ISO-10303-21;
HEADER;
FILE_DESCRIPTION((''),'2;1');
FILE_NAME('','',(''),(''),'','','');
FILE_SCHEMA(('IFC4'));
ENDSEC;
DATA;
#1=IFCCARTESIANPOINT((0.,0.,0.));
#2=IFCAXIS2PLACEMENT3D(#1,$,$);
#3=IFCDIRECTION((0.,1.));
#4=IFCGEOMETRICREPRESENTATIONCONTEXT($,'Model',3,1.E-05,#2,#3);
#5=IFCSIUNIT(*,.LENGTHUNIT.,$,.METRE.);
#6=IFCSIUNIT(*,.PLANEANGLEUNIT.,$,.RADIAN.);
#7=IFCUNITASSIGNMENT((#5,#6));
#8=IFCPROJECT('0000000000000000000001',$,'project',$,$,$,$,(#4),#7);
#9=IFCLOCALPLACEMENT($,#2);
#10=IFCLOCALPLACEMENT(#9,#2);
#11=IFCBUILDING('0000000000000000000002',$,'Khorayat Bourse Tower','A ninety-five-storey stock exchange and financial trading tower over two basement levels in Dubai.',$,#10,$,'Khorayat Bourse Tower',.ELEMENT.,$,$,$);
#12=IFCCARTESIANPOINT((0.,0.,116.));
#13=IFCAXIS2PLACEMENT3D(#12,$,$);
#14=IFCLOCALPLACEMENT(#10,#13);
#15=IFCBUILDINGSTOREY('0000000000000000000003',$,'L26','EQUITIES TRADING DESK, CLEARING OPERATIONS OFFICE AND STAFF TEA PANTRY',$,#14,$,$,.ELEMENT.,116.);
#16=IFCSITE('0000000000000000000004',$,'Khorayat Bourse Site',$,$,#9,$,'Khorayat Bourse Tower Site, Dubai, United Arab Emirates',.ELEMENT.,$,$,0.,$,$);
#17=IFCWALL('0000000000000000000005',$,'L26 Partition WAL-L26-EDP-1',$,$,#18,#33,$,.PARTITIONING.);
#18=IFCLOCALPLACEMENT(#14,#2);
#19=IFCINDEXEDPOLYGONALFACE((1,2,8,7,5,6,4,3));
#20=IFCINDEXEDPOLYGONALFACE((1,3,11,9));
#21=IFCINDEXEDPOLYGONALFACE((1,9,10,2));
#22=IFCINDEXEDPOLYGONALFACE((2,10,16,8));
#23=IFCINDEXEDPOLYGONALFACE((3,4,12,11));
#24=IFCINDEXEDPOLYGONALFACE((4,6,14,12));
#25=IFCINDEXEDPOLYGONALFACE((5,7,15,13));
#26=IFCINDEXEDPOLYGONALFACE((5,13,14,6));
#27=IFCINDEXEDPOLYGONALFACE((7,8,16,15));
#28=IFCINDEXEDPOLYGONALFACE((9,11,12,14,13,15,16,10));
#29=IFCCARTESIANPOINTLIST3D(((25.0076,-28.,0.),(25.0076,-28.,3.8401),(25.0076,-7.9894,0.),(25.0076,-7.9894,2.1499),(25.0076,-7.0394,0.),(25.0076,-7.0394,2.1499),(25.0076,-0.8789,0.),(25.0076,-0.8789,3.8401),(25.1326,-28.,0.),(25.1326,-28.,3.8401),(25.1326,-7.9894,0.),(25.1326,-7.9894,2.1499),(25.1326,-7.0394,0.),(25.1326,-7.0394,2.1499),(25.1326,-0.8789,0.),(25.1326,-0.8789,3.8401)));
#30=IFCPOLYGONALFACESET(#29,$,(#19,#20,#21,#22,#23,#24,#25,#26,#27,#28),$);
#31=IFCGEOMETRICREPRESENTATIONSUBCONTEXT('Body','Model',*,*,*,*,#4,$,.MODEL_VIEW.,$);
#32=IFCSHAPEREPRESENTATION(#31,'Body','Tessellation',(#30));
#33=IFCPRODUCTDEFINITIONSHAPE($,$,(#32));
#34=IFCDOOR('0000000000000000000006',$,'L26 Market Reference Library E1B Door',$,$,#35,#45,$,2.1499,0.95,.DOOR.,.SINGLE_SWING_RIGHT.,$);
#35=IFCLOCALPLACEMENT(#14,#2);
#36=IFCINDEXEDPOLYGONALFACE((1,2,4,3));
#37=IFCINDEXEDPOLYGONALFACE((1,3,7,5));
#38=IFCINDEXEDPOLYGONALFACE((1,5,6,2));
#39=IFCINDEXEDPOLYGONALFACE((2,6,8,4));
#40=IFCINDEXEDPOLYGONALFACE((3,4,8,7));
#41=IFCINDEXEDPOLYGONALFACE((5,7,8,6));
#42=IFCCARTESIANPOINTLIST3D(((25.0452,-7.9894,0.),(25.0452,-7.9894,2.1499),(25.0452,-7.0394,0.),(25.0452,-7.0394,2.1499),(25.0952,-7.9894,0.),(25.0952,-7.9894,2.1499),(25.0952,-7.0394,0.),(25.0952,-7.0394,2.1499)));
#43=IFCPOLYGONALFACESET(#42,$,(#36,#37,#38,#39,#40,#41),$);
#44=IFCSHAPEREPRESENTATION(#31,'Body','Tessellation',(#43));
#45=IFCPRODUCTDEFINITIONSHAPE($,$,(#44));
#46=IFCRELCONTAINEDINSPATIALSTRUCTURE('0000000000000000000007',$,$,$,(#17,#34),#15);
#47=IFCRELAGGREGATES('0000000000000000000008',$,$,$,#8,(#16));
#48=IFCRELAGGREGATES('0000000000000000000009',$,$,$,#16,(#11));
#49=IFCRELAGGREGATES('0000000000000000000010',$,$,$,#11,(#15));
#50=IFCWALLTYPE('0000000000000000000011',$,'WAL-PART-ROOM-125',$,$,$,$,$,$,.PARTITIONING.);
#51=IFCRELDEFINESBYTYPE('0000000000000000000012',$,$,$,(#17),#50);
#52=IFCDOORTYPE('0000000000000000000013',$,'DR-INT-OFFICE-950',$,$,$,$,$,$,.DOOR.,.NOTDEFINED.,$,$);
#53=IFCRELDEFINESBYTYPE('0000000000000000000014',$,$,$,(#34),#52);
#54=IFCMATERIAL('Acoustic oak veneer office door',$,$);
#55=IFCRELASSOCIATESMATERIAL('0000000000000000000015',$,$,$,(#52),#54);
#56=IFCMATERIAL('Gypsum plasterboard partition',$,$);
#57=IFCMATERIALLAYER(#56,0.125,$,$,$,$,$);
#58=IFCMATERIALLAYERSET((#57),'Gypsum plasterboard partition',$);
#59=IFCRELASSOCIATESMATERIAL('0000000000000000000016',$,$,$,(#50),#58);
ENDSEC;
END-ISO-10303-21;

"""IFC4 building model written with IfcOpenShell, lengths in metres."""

from ifc_helpers import new_model, si_unit, direction, frame, frame_2d, origin, place, context, subcontext, project, spatial, rectangle, extrude, source, transform, mapped, material, layer, layer_set, type_object, element, fill, save


model = new_model("IFC4")

# Units and contexts
model_context = context("Model", 3, precision=1e-05, world=origin(), true_north=direction((0.0, 1.0)))
body_context = subcontext(model_context, "Body", "Model", "MODEL_VIEW")
ifc_project = project(units=[si_unit("LENGTHUNIT", "METRE"), si_unit("PLANEANGLEUNIT", "RADIAN")], contexts=[model_context])

# Site, building, storey
site_placement = place(None, origin())
site = spatial("IfcSite", under=ifc_project, at=site_placement, Name="Khorayat Bourse Site", LongName="Khorayat Bourse Tower Site, Dubai, United Arab Emirates", CompositionType="ELEMENT", RefElevation=0.0)
building_placement = place(site_placement, origin())
building = spatial("IfcBuilding", under=site, at=building_placement, Name="Khorayat Bourse Tower", Description="A ninety-five-storey stock exchange and financial trading tower over two basement levels in Dubai.", LongName="Khorayat Bourse Tower", CompositionType="ELEMENT")
storey_placement = place(building_placement, frame((0.0, 0.0, 116.0)))
storey = spatial("IfcBuildingStorey", under=building, at=storey_placement, Name="L26", Description="EQUITIES TRADING DESK, CLEARING OPERATIONS OFFICE AND STAFF TEA PANTRY", CompositionType="ELEMENT", Elevation=116.0)

# Shared definitions
ifc_material_1 = material(Name="Acoustic oak veneer office door")
door_type = type_object("IfcDoorType", Name="DR-INT-OFFICE-950", OperationType="NOTDEFINED", PredefinedType="DOOR", material=ifc_material_1)
shared_shape_1 = source(origin(), body_context, "Body", "SweptSolid", [
    extrude(rectangle(XDim=0.95, YDim=2.1499, at=frame_2d((0.4751, 1.075))), frame((0.0, 0.0249, 0.0), z_axis=(0.0, -1.0, 0.0), x_axis=(1.0, 0.0, 0.0)), (0.0, 0.0, 1.0), 0.05),
])

# Wall, opening, door
ifc_material_2 = material(Name="Gypsum plasterboard partition")
ifc_layer_1 = layer(ifc_material_2, 0.125)
ifc_layer_set_1 = layer_set([ifc_layer_1], Name="Gypsum plasterboard partition")
wall_type_1 = type_object("IfcWallType", Name="WAL-PART-ROOM-125", PredefinedType="PARTITIONING", material=ifc_layer_set_1)
shared_shape_2 = source(origin(), body_context, "Body", "SweptSolid", [
    extrude(rectangle(XDim=27.1211, YDim=0.125, at=frame_2d((13.5605, 0.0))), origin(), (0.0, 0.0, 1.0), 3.8401),
])
wall_1_placement = place(storey_placement, frame((25.0701, -28.0, 0.0), z_axis=(0.0, 0.0, 1.0), x_axis=(0.0, 1.0, 0.0)))
wall_1 = element("IfcWall", 1, at=wall_1_placement, inside=storey, type_object=wall_type_1, Name="L26 Partition WAL-L26-EDP-1", PredefinedType="PARTITIONING", context=body_context, shape_type="MappedRepresentation", body=[
    mapped(shared_shape_2, transform((0.0, 0.0, 0.0), scale=1.0)),
])
shared_shape_3 = source(origin(), body_context, "Body", "SweptSolid", [
    extrude(rectangle(XDim=0.95, YDim=2.1499, at=frame_2d((0.4751, 1.075))), frame((0.0, 0.0725, 0.0), z_axis=(0.0, -1.0, 0.0), x_axis=(1.0, 0.0, 0.0)), (0.0, 0.0, 1.0), 0.145),
])
opening_1_placement = place(wall_1_placement, frame((20.0105, 0.0, 0.0)))
opening_1 = element("IfcOpeningElement", 2, at=opening_1_placement, cuts=wall_1, PredefinedType="OPENING", context=body_context, shape_type="MappedRepresentation", body=[
    mapped(shared_shape_3, transform((0.0, 0.0, 0.0), scale=1.0)),
])
door_1_placement = place(opening_1_placement, origin())
door_1 = element("IfcDoor", 3, at=door_1_placement, inside=storey, type_object=door_type, Name="L26 Market Reference Library E1B Door", OperationType="SINGLE_SWING_RIGHT", OverallHeight=2.1499, OverallWidth=0.95, PredefinedType="DOOR", context=body_context, shape_type="MappedRepresentation", body=[
    mapped(shared_shape_1, transform((0.0, 0.0, 0.0), scale=1.0)),
])
fill(opening_1, door_1)

save(model, "model.ifc")
